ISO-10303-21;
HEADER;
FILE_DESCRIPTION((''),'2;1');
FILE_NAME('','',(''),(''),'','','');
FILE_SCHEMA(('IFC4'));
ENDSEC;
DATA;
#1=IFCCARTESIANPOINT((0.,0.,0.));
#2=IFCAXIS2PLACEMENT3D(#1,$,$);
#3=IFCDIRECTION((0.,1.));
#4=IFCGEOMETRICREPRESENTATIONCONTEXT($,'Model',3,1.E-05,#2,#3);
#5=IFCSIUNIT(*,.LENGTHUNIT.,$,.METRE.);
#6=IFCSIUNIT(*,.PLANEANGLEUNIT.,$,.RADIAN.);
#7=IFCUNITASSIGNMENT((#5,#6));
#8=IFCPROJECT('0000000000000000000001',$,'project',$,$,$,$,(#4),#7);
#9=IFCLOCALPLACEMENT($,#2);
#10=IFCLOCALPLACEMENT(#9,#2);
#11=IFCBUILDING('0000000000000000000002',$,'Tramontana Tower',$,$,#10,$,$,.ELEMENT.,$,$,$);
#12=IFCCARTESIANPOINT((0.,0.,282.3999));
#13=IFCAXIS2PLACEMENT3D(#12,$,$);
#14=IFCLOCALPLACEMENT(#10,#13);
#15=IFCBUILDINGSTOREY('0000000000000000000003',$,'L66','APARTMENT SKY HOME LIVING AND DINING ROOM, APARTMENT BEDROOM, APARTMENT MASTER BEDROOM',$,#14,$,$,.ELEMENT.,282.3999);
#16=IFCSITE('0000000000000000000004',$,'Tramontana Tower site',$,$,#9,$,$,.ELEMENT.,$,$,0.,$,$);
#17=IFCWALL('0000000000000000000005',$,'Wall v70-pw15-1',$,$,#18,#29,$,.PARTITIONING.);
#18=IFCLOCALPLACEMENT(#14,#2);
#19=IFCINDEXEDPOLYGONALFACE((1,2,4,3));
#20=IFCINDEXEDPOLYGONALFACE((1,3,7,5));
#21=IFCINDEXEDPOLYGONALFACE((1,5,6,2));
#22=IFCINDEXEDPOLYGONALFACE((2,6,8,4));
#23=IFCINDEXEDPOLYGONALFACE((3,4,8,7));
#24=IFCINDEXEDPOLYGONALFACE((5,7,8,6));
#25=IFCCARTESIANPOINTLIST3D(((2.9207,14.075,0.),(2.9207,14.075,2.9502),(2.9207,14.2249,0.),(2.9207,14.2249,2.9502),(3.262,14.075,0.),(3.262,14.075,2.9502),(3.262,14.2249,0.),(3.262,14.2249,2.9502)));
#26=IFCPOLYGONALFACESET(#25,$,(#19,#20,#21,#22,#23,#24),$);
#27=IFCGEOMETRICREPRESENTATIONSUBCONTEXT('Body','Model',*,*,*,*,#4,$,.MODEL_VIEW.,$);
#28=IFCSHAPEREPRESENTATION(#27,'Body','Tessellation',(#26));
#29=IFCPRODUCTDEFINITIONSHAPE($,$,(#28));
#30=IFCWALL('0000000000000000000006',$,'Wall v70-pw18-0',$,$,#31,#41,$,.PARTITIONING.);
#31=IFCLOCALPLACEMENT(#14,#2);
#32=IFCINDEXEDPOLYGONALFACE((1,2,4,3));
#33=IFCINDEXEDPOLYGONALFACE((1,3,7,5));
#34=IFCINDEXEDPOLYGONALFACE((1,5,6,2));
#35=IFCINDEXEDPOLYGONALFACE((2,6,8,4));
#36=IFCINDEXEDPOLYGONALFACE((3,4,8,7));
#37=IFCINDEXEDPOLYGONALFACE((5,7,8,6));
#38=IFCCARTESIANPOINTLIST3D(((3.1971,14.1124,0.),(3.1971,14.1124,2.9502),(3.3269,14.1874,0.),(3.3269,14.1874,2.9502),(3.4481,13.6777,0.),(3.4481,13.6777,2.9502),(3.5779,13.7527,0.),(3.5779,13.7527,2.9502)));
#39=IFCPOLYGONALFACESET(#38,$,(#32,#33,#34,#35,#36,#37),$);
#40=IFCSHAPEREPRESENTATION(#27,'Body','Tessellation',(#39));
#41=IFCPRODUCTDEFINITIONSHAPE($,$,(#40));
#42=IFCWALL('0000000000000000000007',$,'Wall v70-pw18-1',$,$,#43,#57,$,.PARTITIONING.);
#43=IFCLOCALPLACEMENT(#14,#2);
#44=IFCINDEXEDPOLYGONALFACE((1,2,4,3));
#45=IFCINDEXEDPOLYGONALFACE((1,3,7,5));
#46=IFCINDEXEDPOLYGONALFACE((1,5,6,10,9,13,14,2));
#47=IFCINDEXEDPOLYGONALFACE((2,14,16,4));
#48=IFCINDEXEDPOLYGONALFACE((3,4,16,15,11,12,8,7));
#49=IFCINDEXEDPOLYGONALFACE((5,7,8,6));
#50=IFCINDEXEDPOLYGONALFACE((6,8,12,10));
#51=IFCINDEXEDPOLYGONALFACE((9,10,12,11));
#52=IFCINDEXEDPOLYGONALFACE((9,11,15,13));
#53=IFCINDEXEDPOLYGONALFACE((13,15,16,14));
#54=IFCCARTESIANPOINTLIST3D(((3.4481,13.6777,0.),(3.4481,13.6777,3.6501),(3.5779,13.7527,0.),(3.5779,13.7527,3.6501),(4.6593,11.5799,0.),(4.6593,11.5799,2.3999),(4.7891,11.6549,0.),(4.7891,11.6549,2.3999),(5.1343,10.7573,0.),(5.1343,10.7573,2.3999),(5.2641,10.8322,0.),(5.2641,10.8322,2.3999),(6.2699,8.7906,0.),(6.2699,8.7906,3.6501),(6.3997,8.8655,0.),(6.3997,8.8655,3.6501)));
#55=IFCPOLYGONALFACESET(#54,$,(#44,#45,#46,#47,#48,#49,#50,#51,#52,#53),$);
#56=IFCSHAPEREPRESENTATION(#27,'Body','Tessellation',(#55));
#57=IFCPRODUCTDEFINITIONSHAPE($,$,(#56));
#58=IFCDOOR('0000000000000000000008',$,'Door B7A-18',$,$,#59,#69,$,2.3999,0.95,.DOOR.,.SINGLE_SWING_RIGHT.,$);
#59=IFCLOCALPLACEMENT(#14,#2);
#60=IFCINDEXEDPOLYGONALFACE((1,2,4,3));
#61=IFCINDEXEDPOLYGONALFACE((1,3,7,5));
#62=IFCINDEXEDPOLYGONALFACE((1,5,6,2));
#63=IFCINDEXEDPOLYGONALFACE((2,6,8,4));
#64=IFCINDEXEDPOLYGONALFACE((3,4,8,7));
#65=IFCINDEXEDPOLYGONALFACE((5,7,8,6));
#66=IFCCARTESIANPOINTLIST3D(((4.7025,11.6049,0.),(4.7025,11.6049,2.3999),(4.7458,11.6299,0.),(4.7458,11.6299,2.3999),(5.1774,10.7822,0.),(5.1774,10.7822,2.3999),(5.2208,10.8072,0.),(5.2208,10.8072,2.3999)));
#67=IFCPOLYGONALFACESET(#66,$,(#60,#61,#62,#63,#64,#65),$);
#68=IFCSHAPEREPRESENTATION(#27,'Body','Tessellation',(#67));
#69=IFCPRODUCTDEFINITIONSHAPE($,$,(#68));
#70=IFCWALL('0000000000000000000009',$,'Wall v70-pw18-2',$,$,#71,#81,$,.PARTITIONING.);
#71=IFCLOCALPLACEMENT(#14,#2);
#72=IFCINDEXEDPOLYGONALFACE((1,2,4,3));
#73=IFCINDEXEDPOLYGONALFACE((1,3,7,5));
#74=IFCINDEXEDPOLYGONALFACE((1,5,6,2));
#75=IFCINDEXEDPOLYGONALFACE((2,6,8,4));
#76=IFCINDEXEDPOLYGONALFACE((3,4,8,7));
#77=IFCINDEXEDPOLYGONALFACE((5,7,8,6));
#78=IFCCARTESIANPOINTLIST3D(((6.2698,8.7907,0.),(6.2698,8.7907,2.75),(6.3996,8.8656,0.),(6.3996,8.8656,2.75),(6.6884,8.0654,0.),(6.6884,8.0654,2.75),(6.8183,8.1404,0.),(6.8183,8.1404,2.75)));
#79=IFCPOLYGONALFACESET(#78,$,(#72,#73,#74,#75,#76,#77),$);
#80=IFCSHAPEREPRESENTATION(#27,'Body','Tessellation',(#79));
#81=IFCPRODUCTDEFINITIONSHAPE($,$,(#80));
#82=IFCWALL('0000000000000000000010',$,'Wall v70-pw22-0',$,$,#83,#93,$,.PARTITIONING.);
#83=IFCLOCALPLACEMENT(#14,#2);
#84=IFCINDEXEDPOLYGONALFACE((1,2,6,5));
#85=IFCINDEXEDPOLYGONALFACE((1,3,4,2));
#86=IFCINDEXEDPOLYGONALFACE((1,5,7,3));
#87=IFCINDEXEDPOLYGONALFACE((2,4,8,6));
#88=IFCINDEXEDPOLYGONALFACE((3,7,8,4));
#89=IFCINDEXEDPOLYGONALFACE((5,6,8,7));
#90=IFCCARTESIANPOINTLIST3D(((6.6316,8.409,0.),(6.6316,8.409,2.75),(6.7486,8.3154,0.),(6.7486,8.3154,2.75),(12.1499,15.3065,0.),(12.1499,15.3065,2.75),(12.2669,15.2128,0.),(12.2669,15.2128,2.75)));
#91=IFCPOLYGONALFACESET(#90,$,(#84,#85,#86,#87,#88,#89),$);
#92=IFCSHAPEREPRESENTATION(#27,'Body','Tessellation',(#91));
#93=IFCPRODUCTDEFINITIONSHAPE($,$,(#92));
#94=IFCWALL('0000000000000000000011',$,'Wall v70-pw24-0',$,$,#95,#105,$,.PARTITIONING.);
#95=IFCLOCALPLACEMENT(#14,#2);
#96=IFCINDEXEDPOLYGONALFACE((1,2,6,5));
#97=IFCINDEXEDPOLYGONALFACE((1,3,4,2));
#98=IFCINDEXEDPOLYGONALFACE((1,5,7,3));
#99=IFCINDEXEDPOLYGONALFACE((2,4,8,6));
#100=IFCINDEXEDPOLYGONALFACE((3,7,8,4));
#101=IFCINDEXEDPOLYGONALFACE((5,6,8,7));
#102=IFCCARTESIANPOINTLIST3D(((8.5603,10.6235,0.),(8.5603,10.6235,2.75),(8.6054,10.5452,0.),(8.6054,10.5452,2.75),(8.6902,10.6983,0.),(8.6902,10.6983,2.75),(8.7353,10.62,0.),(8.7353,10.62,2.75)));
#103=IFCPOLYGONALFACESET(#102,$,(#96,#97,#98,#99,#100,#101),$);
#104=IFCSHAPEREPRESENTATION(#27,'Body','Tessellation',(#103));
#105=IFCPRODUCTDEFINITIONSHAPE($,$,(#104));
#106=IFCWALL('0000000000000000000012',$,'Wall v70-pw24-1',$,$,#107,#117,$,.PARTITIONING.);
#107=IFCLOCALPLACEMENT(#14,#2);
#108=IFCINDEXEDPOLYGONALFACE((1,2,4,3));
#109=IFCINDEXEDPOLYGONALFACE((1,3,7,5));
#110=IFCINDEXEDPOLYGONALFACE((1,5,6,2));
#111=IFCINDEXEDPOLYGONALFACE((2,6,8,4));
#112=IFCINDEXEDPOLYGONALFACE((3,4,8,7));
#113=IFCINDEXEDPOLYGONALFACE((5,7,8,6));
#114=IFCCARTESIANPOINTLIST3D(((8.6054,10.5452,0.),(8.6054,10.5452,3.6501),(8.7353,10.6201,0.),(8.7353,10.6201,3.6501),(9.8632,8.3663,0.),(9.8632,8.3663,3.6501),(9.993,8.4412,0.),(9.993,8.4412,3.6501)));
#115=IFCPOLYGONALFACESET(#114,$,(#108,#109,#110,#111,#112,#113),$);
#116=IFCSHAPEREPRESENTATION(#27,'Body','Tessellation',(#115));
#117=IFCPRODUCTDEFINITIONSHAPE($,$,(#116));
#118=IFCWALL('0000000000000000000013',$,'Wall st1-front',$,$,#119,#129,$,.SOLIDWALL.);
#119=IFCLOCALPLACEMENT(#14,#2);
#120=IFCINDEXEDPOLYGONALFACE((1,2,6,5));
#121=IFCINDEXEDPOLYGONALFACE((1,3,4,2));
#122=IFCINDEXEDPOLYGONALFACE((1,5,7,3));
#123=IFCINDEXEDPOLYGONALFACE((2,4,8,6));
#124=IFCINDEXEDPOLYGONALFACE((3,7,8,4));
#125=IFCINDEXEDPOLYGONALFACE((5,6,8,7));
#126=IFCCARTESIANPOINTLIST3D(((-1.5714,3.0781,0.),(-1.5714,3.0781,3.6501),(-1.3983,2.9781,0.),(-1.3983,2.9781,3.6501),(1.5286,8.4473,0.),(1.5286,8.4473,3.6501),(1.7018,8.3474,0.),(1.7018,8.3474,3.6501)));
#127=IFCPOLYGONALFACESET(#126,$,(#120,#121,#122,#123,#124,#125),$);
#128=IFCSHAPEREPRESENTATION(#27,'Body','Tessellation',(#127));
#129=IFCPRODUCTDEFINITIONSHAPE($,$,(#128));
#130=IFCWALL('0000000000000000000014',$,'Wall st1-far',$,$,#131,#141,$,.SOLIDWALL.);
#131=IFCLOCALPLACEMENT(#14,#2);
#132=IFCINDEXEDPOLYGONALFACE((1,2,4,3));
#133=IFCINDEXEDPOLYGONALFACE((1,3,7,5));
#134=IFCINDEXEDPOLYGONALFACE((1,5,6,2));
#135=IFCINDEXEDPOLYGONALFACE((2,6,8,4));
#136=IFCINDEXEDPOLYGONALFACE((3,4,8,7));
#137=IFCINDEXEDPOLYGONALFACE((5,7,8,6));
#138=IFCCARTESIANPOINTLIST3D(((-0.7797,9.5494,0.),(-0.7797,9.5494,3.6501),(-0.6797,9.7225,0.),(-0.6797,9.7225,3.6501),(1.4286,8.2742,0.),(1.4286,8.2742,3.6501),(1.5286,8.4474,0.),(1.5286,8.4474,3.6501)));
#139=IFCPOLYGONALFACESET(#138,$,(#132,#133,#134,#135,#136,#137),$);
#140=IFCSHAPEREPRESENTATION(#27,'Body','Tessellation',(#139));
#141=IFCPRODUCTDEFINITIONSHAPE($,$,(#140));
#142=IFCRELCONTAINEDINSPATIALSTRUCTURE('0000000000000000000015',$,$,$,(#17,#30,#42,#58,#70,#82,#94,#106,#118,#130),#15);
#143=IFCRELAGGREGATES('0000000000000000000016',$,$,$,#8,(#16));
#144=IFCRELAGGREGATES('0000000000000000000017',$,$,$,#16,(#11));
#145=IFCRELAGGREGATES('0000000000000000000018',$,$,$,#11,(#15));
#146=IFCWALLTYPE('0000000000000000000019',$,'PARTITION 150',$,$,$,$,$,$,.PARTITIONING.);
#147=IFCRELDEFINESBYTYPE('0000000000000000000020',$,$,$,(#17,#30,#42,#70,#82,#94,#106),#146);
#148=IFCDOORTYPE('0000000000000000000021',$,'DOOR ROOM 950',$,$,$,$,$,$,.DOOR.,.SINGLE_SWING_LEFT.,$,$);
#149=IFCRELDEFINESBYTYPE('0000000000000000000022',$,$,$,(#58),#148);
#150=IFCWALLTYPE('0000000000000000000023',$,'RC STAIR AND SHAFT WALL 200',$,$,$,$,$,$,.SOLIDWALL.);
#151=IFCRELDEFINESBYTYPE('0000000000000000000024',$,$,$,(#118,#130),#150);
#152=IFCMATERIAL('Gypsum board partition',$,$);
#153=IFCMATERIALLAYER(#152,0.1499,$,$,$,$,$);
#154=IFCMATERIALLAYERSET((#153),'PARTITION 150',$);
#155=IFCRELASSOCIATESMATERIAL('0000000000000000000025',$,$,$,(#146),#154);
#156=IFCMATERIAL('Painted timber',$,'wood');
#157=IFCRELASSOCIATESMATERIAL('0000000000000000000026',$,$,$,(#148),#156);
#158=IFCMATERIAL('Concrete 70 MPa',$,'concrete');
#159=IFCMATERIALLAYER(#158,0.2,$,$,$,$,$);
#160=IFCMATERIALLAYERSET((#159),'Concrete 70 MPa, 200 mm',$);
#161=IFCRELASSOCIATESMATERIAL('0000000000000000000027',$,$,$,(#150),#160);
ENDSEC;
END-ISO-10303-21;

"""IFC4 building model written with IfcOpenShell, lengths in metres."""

from ifc_helpers import new_model, si_unit, direction, frame, frame_2d, origin, place, context, subcontext, project, spatial, rectangle, extrude, material, layer, layer_set, type_object, element, fill, save


model = new_model("IFC4")

# Units and contexts
model_context = context("Model", 3, precision=1e-05, world=origin(), true_north=direction((0.0, 1.0)))
body_context = subcontext(model_context, "Body", "Model", "MODEL_VIEW")
ifc_project = project(units=[si_unit("LENGTHUNIT", "METRE"), si_unit("PLANEANGLEUNIT", "RADIAN")], contexts=[model_context])

# Site, building, storey
site_placement = place(None, origin())
site = spatial("IfcSite", under=ifc_project, at=site_placement, Name="Tramontana Tower site", CompositionType="ELEMENT", RefElevation=0.0)
building_placement = place(site_placement, origin())
building = spatial("IfcBuilding", under=site, at=building_placement, Name="Tramontana Tower", CompositionType="ELEMENT")
storey_placement = place(building_placement, frame((0.0, 0.0, 282.3999)))
storey = spatial("IfcBuildingStorey", under=building, at=storey_placement, Name="L66", Description="APARTMENT SKY HOME LIVING AND DINING ROOM, APARTMENT BEDROOM, APARTMENT MASTER BEDROOM", CompositionType="ELEMENT", Elevation=282.3999)

# Walls
ifc_material_1 = material(Name="Gypsum board partition")
ifc_layer_1 = layer(ifc_material_1, 0.1499)
ifc_layer_set_1 = layer_set([ifc_layer_1], Name="PARTITION 150")
wall_type_1 = type_object("IfcWallType", Name="PARTITION 150", PredefinedType="PARTITIONING", material=ifc_layer_set_1)
wall_1_placement = place(storey_placement, frame((2.9207, 14.1499, 0.0), z_axis=(0.0, 0.0, 1.0), x_axis=(1.0, 0.0, 0.0)))
element("IfcWall", 1, at=wall_1_placement, inside=storey, type_object=wall_type_1, Name="Wall v70-pw15-1", PredefinedType="PARTITIONING", context=body_context, shape_type="SweptSolid", body=[
    extrude(rectangle(XDim=0.3413, YDim=0.1499, at=frame_2d((0.1707, 0.0))), origin(), (0.0, 0.0, 1.0), 2.9502),
])
wall_2_placement = place(storey_placement, frame((3.262, 14.1499, 0.0), z_axis=(0.0, 0.0, 1.0), x_axis=(0.500115, -0.865959, 0.0)))
element("IfcWall", 2, at=wall_2_placement, inside=storey, type_object=wall_type_1, Name="Wall v70-pw18-0", PredefinedType="PARTITIONING", context=body_context, shape_type="SweptSolid", body=[
    extrude(rectangle(XDim=0.502, YDim=0.1499, at=frame_2d((0.251, 0.0))), origin(), (0.0, 0.0, 1.0), 2.9502),
])

# Wall, opening, door
wall_3_placement = place(storey_placement, frame((3.5129, 13.7153, 0.0), z_axis=(0.0, 0.0, 1.0), x_axis=(0.50002, -0.866014, 0.0)))
wall_3 = element("IfcWall", 3, at=wall_3_placement, inside=storey, type_object=wall_type_1, Name="Wall v70-pw18-1", PredefinedType="PARTITIONING", context=body_context, shape_type="SweptSolid", body=[
    extrude(rectangle(XDim=5.6433, YDim=0.1499, at=frame_2d((2.8218, 0.0))), origin(), (0.0, 0.0, 1.0), 3.6501),
])
opening_1_placement = place(wall_3_placement, frame((2.4224, 0.0, 0.0)))
opening_1 = element("IfcOpeningElement", 4, at=opening_1_placement, cuts=wall_3, PredefinedType="OPENING", context=body_context, shape_type="SweptSolid", body=[
    extrude(rectangle(XDim=0.95, YDim=2.3999, at=frame_2d((0.4751, 1.2))), frame((0.0, 0.085, 0.0), z_axis=(0.0, -1.0, 0.0), x_axis=(1.0, 0.0, 0.0)), (0.0, 0.0, 1.0), 0.1699),
])
ifc_material_2 = material(Name="Painted timber", Category="wood")
door_type_1 = type_object("IfcDoorType", Name="DOOR ROOM 950", OperationType="SINGLE_SWING_LEFT", PredefinedType="DOOR", material=ifc_material_2)
door_1_placement = place(opening_1_placement, origin())
door_1 = element("IfcDoor", 5, at=door_1_placement, inside=storey, type_object=door_type_1, Name="Door B7A-18", OperationType="SINGLE_SWING_RIGHT", OverallHeight=2.3999, OverallWidth=0.95, PredefinedType="DOOR", context=body_context, shape_type="SweptSolid", body=[
    extrude(rectangle(XDim=0.95, YDim=2.3999, at=frame_2d((0.4751, 1.2))), frame((0.0, 0.0249, 0.0), z_axis=(0.0, -1.0, 0.0), x_axis=(1.0, 0.0, 0.0)), (0.0, 0.0, 1.0), 0.05),
])
fill(opening_1, door_1)

# Walls
wall_4_placement = place(storey_placement, frame((6.3347, 8.8281, 0.0), z_axis=(0.0, 0.0, 1.0), x_axis=(0.499933, -0.866064, 0.0)))
element("IfcWall", 6, at=wall_4_placement, inside=storey, type_object=wall_type_1, Name="Wall v70-pw18-2", PredefinedType="PARTITIONING", context=body_context, shape_type="SweptSolid", body=[
    extrude(rectangle(XDim=0.8374, YDim=0.1499, at=frame_2d((0.4187, 0.0))), origin(), (0.0, 0.0, 1.0), 2.75),
])
wall_5_placement = place(storey_placement, frame((6.6902, 8.3623, 0.0), z_axis=(0.0, 0.0, 1.0), x_axis=(0.624719, 0.78085, 0.0)))
element("IfcWall", 7, at=wall_5_placement, inside=storey, type_object=wall_type_1, Name="Wall v70-pw22-0", PredefinedType="PARTITIONING", context=body_context, shape_type="SweptSolid", body=[
    extrude(rectangle(XDim=8.8333, YDim=0.1499, at=frame_2d((4.4165, 0.0))), origin(), (0.0, 0.0, 1.0), 2.75),
])
wall_6_placement = place(storey_placement, frame((8.6252, 10.6609, 0.0), z_axis=(0.0, 0.0, 1.0), x_axis=(0.499333, -0.86641, 0.0)))
element("IfcWall", 8, at=wall_6_placement, inside=storey, type_object=wall_type_1, Name="Wall v70-pw24-0", PredefinedType="PARTITIONING", context=body_context, shape_type="SweptSolid", body=[
    extrude(rectangle(XDim=0.0903, YDim=0.1499, at=frame_2d((0.0452, 0.0))), origin(), (0.0, 0.0, 1.0), 2.75),
])
wall_7_placement = place(storey_placement, frame((8.6704, 10.5825, 0.0), z_axis=(0.0, 0.0, 1.0), x_axis=(0.499938, -0.866061, 0.0)))
element("IfcWall", 9, at=wall_7_placement, inside=storey, type_object=wall_type_1, Name="Wall v70-pw24-1", PredefinedType="PARTITIONING", context=body_context, shape_type="SweptSolid", body=[
    extrude(rectangle(XDim=2.5159, YDim=0.1499, at=frame_2d((1.2578, 0.0))), origin(), (0.0, 0.0, 1.0), 3.6501),
])
ifc_material_3 = material(Name="Concrete 70 MPa", Category="concrete")
ifc_layer_2 = layer(ifc_material_3, 0.2)
ifc_layer_set_2 = layer_set([ifc_layer_2], Name="Concrete 70 MPa, 200 mm")
wall_type_2 = type_object("IfcWallType", Name="RC STAIR AND SHAFT WALL 200", PredefinedType="SOLIDWALL", material=ifc_layer_set_2)
wall_8_placement = place(storey_placement, frame((1.6152, 8.3975, 0.0), z_axis=(0.0, 0.0, 1.0), x_axis=(-0.50001, -0.86602, 0.0)))
element("IfcWall", 10, at=wall_8_placement, inside=storey, type_object=wall_type_2, Name="Wall st1-front", PredefinedType="SOLIDWALL", context=body_context, shape_type="SweptSolid", body=[
    extrude(rectangle(XDim=6.2, YDim=0.2, at=frame_2d((3.1001, 0.0))), origin(), (0.0, 0.0, 1.0), 3.6501),
])
wall_9_placement = place(storey_placement, frame((1.4785, 8.3608, 0.0), z_axis=(0.0, 0.0, 1.0), x_axis=(-0.865989, 0.500062, 0.0)))
element("IfcWall", 11, at=wall_9_placement, inside=storey, type_object=wall_type_2, Name="Wall st1-far", PredefinedType="SOLIDWALL", context=body_context, shape_type="SweptSolid", body=[
    extrude(rectangle(XDim=2.55, YDim=0.2, at=frame_2d((1.2749, 0.0))), origin(), (0.0, 0.0, 1.0), 3.6501),
])

save(model, "model.ifc")
